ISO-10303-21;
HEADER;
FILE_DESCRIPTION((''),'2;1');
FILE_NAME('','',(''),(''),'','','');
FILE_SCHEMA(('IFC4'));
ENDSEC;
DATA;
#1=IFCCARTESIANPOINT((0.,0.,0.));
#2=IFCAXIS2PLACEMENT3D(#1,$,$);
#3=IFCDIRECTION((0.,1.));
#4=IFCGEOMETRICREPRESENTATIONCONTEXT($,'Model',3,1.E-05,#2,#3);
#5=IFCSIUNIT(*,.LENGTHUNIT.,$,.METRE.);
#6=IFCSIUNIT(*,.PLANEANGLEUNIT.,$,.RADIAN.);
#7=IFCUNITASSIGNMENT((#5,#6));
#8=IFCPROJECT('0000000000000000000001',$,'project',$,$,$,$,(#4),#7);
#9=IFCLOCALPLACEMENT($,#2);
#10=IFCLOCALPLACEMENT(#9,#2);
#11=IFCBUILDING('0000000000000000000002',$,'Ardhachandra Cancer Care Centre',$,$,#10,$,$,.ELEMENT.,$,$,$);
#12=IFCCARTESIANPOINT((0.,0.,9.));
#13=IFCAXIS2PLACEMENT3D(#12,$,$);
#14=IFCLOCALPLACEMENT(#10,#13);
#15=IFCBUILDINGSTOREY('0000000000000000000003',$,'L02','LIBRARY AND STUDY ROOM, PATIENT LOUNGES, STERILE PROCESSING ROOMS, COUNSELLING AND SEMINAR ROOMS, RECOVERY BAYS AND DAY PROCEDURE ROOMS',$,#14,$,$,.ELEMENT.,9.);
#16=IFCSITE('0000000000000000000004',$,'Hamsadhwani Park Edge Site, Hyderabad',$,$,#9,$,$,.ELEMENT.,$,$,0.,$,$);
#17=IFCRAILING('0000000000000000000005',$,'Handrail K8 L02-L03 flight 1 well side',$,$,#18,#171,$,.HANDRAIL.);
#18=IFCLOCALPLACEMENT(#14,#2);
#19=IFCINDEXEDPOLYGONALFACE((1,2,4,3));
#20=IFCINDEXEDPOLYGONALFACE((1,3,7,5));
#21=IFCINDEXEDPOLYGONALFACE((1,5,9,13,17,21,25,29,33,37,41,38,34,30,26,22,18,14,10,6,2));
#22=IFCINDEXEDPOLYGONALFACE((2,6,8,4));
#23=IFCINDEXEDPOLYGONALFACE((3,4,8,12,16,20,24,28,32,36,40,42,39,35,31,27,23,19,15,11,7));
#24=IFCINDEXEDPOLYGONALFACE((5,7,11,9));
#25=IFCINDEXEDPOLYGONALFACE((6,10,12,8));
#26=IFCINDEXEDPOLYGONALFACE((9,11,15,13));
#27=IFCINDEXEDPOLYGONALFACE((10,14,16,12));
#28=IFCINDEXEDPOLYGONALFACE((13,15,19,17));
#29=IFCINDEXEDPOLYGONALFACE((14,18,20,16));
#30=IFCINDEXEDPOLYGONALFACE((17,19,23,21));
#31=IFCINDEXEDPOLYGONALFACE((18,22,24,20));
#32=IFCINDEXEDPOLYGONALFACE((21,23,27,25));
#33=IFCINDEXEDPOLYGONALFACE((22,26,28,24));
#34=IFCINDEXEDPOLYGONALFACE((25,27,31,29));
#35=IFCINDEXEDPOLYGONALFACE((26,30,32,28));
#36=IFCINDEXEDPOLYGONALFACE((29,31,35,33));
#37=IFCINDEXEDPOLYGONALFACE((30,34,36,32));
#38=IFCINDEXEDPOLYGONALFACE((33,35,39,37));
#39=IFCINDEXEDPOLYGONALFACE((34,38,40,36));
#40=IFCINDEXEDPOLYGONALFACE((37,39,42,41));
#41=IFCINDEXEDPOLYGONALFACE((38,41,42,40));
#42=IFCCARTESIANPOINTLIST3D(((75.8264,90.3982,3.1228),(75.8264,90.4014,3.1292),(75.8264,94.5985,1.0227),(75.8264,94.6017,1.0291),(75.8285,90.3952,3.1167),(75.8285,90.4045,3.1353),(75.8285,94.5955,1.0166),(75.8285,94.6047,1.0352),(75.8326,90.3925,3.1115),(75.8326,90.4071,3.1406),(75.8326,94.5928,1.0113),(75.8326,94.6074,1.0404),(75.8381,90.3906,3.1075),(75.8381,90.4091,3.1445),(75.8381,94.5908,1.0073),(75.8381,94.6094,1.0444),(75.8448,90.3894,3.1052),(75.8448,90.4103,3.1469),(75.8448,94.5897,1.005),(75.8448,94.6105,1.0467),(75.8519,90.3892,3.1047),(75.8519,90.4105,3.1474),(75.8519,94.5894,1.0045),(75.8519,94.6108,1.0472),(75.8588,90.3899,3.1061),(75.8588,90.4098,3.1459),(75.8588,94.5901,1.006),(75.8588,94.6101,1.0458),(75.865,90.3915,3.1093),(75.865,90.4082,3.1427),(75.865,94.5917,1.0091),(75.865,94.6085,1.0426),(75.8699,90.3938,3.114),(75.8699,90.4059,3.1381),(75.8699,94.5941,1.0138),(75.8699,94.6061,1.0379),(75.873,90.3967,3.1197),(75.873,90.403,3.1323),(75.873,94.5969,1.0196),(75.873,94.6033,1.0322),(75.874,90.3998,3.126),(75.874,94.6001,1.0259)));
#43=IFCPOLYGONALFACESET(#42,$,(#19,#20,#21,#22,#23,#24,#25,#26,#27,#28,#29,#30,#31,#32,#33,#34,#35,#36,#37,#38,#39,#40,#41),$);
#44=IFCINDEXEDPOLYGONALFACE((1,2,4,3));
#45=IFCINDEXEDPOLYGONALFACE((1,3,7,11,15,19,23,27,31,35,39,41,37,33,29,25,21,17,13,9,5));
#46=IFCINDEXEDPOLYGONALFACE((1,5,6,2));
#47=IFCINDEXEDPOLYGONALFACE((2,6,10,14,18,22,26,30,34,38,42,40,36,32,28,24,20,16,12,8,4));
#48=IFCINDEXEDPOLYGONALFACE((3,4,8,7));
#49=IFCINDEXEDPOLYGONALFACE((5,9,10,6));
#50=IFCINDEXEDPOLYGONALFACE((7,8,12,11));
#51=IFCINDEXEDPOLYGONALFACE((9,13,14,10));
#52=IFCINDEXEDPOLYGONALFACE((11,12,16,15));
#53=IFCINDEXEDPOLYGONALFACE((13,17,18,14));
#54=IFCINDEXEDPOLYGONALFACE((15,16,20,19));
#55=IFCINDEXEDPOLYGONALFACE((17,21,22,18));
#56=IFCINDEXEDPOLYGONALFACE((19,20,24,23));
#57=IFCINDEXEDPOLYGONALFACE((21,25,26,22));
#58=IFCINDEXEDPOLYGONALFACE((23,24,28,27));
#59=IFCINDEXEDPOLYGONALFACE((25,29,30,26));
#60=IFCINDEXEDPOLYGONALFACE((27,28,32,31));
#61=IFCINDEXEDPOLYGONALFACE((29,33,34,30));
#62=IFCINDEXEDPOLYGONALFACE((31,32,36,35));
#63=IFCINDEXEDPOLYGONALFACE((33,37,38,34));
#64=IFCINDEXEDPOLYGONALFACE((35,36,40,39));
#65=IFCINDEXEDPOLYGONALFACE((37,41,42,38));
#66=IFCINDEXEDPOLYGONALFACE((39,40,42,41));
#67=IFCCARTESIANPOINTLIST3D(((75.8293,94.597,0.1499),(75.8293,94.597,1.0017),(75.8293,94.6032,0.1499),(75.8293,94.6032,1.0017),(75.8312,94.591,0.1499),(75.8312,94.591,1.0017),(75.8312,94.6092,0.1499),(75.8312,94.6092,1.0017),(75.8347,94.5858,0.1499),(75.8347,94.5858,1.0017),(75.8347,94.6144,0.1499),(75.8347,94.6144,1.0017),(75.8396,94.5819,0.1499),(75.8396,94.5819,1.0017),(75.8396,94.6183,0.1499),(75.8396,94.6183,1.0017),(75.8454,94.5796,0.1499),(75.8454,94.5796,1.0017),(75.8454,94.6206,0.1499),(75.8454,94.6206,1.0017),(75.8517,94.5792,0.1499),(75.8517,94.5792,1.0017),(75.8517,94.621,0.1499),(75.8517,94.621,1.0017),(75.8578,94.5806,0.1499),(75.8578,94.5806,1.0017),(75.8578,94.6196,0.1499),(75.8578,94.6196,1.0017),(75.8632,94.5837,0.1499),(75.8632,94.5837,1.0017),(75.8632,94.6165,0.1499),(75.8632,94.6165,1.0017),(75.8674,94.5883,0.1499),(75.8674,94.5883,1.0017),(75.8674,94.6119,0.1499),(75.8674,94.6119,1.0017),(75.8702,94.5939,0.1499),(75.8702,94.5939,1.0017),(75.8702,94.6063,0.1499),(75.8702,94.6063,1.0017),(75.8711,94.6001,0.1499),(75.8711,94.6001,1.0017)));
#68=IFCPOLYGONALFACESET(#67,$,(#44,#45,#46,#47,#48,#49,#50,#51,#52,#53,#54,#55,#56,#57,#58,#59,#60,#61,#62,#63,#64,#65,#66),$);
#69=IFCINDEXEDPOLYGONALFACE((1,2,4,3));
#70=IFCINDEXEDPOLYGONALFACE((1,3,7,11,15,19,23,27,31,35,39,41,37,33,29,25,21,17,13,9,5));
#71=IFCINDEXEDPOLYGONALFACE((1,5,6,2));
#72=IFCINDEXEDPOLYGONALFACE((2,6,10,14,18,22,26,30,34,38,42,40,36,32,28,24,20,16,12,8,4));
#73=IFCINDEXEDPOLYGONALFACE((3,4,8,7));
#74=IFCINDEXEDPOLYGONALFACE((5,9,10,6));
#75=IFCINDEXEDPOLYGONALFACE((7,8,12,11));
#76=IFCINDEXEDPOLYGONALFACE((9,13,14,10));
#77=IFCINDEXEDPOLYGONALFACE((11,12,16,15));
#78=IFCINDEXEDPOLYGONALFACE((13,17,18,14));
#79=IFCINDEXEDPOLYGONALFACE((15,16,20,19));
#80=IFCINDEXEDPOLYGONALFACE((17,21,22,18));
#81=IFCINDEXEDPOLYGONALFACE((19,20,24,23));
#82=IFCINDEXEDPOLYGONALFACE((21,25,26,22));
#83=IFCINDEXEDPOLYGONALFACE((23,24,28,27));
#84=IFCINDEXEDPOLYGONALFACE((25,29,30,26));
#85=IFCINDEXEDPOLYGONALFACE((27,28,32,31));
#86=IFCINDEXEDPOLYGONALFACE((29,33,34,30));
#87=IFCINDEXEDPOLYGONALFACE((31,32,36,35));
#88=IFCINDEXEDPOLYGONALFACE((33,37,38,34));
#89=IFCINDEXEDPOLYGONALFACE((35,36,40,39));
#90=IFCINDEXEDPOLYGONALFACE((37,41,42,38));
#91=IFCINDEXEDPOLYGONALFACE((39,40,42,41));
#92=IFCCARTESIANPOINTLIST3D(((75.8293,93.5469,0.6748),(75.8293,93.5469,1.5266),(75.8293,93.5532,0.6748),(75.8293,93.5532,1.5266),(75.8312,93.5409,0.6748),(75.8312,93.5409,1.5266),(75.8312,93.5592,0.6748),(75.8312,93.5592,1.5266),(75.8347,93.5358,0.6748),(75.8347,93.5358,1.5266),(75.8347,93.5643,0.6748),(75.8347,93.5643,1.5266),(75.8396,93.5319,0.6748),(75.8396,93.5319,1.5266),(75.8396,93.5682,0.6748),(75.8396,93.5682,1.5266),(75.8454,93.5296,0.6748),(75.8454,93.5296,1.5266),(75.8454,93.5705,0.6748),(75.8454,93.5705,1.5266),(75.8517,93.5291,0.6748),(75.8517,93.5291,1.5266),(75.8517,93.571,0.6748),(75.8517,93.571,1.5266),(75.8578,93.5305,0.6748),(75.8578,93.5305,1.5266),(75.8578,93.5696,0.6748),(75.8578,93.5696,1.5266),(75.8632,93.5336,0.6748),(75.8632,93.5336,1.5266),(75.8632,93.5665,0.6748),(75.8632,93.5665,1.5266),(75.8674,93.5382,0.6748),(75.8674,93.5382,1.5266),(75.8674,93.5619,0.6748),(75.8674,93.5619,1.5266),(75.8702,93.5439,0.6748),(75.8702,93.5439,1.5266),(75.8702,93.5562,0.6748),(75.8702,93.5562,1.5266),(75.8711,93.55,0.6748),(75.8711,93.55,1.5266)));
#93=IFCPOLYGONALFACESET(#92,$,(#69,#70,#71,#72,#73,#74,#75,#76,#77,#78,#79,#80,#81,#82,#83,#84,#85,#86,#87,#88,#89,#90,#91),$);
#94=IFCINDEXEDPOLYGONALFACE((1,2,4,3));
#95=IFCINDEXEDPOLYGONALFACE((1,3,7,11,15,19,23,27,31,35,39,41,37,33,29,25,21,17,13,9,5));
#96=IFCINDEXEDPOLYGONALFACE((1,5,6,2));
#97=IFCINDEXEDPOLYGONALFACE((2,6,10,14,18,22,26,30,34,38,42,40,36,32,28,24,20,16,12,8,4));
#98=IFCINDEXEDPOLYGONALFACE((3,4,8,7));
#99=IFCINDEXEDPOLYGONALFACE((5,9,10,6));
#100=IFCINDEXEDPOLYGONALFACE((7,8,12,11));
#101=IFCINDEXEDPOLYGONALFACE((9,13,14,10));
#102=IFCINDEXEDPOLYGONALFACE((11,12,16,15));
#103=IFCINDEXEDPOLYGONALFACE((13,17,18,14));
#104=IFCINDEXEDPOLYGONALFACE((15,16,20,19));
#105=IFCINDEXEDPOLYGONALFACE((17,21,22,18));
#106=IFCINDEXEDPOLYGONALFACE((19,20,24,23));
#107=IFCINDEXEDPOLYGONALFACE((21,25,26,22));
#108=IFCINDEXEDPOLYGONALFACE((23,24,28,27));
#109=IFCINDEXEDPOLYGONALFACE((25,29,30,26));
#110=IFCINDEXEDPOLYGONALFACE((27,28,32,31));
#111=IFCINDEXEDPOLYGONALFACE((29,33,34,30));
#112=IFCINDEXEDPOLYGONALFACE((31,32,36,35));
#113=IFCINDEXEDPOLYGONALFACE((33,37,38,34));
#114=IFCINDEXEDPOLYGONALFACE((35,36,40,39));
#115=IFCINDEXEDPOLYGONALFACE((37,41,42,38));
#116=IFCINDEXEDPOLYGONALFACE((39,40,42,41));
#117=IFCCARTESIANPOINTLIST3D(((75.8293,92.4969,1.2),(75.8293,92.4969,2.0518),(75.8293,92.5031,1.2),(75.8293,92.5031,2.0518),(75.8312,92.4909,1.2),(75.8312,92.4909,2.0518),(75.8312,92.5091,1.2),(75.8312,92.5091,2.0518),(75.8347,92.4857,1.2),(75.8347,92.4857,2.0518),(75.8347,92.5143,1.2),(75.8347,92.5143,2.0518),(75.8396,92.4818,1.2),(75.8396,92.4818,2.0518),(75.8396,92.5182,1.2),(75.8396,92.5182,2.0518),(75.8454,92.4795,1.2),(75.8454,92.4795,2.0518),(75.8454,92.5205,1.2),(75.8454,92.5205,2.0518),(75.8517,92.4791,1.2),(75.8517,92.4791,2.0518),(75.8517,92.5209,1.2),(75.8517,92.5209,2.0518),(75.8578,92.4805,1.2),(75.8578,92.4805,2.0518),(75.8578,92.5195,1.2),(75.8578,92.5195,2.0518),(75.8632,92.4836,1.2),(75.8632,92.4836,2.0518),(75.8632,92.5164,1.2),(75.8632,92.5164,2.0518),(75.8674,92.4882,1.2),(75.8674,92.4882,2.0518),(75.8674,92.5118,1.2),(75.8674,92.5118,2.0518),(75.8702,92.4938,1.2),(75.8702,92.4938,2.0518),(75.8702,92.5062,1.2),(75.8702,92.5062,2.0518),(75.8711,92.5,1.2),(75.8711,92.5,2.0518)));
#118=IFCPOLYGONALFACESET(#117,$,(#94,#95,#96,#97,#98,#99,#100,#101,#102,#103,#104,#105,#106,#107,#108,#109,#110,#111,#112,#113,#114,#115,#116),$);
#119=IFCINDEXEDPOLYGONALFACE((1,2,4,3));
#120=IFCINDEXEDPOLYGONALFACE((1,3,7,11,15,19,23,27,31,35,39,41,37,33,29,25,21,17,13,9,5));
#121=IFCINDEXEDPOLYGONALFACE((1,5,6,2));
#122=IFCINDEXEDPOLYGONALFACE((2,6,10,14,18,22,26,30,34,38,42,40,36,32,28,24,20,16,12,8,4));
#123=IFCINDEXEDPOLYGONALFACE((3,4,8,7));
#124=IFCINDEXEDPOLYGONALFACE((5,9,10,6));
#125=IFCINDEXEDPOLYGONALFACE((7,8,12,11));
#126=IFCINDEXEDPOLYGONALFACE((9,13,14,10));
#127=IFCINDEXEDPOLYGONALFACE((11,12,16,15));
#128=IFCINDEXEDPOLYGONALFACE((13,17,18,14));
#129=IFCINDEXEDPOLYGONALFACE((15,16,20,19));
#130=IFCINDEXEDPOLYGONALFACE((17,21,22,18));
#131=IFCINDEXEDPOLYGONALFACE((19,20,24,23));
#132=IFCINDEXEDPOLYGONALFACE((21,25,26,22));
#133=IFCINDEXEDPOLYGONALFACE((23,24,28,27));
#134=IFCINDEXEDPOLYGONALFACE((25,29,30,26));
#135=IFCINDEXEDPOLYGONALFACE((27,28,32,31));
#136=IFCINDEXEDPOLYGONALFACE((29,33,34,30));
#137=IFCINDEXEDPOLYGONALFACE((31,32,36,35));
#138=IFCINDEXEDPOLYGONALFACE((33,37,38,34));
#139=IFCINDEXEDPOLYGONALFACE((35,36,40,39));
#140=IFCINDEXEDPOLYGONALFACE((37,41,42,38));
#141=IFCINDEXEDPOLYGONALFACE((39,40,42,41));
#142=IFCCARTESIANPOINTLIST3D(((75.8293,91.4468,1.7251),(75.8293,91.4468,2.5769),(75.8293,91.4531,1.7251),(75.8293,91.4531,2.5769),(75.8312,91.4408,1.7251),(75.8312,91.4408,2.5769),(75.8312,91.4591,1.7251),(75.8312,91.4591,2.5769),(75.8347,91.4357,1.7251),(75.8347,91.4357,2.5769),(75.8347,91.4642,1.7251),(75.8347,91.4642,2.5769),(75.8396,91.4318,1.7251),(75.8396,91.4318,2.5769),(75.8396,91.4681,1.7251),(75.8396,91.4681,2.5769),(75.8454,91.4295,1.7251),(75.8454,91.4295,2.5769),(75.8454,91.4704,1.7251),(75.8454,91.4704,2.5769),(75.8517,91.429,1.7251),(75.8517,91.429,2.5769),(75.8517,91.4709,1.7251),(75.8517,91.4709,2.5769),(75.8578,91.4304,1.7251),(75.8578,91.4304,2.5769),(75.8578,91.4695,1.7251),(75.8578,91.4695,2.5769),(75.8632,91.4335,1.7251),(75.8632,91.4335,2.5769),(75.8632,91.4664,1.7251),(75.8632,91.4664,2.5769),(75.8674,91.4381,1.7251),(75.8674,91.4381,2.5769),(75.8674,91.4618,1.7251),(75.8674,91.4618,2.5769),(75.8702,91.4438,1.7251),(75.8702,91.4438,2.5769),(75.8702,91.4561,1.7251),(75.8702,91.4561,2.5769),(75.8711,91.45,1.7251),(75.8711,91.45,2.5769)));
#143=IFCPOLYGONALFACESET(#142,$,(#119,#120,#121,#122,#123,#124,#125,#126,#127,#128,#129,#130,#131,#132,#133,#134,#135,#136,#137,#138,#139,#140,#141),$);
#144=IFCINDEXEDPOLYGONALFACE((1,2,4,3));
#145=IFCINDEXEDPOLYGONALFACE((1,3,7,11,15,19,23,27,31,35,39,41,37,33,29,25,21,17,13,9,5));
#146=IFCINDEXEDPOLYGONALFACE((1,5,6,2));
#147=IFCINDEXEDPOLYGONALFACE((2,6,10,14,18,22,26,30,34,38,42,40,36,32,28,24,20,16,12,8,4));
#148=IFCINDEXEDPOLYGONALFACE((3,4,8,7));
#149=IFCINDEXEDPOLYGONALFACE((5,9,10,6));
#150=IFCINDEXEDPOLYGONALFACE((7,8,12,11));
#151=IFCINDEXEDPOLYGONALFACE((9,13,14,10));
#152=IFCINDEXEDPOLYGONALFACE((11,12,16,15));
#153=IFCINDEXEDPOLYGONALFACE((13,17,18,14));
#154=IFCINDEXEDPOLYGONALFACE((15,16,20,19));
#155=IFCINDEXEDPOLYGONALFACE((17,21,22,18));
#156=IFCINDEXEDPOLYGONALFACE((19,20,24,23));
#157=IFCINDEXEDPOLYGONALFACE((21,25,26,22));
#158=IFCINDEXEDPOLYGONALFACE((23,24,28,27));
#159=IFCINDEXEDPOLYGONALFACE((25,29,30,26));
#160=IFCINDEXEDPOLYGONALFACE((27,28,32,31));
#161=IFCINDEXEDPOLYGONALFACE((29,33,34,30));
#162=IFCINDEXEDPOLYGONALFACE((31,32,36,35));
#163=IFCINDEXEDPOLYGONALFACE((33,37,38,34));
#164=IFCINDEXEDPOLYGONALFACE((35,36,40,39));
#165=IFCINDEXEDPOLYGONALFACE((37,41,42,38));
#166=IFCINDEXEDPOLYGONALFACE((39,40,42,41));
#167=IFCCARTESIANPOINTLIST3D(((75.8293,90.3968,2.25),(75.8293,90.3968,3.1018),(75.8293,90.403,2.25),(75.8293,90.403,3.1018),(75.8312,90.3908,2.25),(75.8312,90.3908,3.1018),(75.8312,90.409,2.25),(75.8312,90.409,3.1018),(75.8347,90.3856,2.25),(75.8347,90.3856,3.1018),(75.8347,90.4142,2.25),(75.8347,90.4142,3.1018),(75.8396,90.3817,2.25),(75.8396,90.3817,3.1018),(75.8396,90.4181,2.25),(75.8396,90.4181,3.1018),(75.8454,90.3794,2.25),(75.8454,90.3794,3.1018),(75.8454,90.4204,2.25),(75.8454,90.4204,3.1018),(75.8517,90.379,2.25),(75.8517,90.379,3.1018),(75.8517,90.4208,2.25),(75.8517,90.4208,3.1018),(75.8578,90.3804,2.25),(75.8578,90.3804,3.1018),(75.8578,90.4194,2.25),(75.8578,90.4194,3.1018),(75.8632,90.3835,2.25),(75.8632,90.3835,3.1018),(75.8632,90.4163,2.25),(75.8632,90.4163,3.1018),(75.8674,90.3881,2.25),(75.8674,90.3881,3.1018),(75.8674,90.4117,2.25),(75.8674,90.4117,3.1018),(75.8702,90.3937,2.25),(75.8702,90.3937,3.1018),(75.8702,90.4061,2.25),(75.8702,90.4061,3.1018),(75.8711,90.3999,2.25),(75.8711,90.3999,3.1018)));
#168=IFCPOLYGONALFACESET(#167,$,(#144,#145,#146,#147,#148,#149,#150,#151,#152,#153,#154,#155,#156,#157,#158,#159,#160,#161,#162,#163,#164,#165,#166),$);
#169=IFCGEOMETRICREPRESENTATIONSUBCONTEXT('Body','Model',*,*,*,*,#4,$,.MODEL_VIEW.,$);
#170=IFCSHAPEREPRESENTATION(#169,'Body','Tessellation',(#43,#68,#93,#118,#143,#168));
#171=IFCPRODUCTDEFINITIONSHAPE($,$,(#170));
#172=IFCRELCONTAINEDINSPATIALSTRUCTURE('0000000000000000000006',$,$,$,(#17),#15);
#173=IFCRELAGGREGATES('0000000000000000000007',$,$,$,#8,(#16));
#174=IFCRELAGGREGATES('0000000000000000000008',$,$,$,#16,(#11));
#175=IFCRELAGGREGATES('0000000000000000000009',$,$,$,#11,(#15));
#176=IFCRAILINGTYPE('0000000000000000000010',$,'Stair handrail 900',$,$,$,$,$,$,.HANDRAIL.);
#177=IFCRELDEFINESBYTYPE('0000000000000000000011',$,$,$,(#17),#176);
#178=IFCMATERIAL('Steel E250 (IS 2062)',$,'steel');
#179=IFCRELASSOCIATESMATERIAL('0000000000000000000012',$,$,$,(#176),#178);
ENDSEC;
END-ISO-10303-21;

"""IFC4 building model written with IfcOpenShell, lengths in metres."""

from ifc_helpers import new_model, si_unit, direction, frame, origin, origin_2d, place, context, subcontext, project, spatial, circle, extrude, material, type_object, element, save


model = new_model("IFC4")

# Units and contexts
model_context = context("Model", 3, precision=1e-05, world=origin(), true_north=direction((0.0, 1.0)))
body_context = subcontext(model_context, "Body", "Model", "MODEL_VIEW")
ifc_project = project(units=[si_unit("LENGTHUNIT", "METRE"), si_unit("PLANEANGLEUNIT", "RADIAN")], contexts=[model_context])

# Site, building, storey
site_placement = place(None, origin())
site = spatial("IfcSite", under=ifc_project, at=site_placement, Name="Hamsadhwani Park Edge Site, Hyderabad", CompositionType="ELEMENT", RefElevation=0.0)
building_placement = place(site_placement, origin())
building = spatial("IfcBuilding", under=site, at=building_placement, Name="Ardhachandra Cancer Care Centre", CompositionType="ELEMENT")
storey_placement = place(building_placement, frame((0.0, 0.0, 9.0)))
storey = spatial("IfcBuildingStorey", under=building, at=storey_placement, Name="L02", Description="LIBRARY AND STUDY ROOM, PATIENT LOUNGES, STERILE PROCESSING ROOMS, COUNSELLING AND SEMINAR ROOMS, RECOVERY BAYS AND DAY PROCEDURE ROOMS", CompositionType="ELEMENT", Elevation=9.0)

# Railing
ifc_material_1 = material(Name="Steel E250 (IS 2062)", Category="steel")
railing_type_1 = type_object("IfcRailingType", Name="Stair handrail 900", PredefinedType="HANDRAIL", material=ifc_material_1)
for number, where, name in (
    (1, (75.8501, 94.6001, 0.1499), "Handrail K8 L02-L03 flight 1 well side"),
):
    element("IfcRailing", number, at=place(storey_placement, frame(where)), inside=storey, type_object=railing_type_1, Name=name, PredefinedType="HANDRAIL", context=body_context, shape_type="SweptSolid", body=[
        extrude(circle(Radius=0.0239, at=origin_2d()), frame((0.0, 0.0, 0.876), z_axis=(0.0, -0.894427, 0.447214), x_axis=(1.0, 0.0, 0.0)), (0.0, 0.0, 1.0), 4.696),
        extrude(circle(Radius=0.021, at=origin_2d()), origin(), (0.0, 0.0, 1.0), 0.8518),
        extrude(circle(Radius=0.021, at=origin_2d()), frame((0.0, -1.05, 0.5249)), (0.0, 0.0, 1.0), 0.8518),
        extrude(circle(Radius=0.021, at=origin_2d()), frame((0.0, -2.1001, 1.05)), (0.0, 0.0, 1.0), 0.8518),
        extrude(circle(Radius=0.021, at=origin_2d()), frame((0.0, -3.1501, 1.5752)), (0.0, 0.0, 1.0), 0.8518),
        extrude(circle(Radius=0.021, at=origin_2d()), frame((0.0, -4.2002, 2.1001)), (0.0, 0.0, 1.0), 0.8518),
    ])

save(model, "model.ifc")
